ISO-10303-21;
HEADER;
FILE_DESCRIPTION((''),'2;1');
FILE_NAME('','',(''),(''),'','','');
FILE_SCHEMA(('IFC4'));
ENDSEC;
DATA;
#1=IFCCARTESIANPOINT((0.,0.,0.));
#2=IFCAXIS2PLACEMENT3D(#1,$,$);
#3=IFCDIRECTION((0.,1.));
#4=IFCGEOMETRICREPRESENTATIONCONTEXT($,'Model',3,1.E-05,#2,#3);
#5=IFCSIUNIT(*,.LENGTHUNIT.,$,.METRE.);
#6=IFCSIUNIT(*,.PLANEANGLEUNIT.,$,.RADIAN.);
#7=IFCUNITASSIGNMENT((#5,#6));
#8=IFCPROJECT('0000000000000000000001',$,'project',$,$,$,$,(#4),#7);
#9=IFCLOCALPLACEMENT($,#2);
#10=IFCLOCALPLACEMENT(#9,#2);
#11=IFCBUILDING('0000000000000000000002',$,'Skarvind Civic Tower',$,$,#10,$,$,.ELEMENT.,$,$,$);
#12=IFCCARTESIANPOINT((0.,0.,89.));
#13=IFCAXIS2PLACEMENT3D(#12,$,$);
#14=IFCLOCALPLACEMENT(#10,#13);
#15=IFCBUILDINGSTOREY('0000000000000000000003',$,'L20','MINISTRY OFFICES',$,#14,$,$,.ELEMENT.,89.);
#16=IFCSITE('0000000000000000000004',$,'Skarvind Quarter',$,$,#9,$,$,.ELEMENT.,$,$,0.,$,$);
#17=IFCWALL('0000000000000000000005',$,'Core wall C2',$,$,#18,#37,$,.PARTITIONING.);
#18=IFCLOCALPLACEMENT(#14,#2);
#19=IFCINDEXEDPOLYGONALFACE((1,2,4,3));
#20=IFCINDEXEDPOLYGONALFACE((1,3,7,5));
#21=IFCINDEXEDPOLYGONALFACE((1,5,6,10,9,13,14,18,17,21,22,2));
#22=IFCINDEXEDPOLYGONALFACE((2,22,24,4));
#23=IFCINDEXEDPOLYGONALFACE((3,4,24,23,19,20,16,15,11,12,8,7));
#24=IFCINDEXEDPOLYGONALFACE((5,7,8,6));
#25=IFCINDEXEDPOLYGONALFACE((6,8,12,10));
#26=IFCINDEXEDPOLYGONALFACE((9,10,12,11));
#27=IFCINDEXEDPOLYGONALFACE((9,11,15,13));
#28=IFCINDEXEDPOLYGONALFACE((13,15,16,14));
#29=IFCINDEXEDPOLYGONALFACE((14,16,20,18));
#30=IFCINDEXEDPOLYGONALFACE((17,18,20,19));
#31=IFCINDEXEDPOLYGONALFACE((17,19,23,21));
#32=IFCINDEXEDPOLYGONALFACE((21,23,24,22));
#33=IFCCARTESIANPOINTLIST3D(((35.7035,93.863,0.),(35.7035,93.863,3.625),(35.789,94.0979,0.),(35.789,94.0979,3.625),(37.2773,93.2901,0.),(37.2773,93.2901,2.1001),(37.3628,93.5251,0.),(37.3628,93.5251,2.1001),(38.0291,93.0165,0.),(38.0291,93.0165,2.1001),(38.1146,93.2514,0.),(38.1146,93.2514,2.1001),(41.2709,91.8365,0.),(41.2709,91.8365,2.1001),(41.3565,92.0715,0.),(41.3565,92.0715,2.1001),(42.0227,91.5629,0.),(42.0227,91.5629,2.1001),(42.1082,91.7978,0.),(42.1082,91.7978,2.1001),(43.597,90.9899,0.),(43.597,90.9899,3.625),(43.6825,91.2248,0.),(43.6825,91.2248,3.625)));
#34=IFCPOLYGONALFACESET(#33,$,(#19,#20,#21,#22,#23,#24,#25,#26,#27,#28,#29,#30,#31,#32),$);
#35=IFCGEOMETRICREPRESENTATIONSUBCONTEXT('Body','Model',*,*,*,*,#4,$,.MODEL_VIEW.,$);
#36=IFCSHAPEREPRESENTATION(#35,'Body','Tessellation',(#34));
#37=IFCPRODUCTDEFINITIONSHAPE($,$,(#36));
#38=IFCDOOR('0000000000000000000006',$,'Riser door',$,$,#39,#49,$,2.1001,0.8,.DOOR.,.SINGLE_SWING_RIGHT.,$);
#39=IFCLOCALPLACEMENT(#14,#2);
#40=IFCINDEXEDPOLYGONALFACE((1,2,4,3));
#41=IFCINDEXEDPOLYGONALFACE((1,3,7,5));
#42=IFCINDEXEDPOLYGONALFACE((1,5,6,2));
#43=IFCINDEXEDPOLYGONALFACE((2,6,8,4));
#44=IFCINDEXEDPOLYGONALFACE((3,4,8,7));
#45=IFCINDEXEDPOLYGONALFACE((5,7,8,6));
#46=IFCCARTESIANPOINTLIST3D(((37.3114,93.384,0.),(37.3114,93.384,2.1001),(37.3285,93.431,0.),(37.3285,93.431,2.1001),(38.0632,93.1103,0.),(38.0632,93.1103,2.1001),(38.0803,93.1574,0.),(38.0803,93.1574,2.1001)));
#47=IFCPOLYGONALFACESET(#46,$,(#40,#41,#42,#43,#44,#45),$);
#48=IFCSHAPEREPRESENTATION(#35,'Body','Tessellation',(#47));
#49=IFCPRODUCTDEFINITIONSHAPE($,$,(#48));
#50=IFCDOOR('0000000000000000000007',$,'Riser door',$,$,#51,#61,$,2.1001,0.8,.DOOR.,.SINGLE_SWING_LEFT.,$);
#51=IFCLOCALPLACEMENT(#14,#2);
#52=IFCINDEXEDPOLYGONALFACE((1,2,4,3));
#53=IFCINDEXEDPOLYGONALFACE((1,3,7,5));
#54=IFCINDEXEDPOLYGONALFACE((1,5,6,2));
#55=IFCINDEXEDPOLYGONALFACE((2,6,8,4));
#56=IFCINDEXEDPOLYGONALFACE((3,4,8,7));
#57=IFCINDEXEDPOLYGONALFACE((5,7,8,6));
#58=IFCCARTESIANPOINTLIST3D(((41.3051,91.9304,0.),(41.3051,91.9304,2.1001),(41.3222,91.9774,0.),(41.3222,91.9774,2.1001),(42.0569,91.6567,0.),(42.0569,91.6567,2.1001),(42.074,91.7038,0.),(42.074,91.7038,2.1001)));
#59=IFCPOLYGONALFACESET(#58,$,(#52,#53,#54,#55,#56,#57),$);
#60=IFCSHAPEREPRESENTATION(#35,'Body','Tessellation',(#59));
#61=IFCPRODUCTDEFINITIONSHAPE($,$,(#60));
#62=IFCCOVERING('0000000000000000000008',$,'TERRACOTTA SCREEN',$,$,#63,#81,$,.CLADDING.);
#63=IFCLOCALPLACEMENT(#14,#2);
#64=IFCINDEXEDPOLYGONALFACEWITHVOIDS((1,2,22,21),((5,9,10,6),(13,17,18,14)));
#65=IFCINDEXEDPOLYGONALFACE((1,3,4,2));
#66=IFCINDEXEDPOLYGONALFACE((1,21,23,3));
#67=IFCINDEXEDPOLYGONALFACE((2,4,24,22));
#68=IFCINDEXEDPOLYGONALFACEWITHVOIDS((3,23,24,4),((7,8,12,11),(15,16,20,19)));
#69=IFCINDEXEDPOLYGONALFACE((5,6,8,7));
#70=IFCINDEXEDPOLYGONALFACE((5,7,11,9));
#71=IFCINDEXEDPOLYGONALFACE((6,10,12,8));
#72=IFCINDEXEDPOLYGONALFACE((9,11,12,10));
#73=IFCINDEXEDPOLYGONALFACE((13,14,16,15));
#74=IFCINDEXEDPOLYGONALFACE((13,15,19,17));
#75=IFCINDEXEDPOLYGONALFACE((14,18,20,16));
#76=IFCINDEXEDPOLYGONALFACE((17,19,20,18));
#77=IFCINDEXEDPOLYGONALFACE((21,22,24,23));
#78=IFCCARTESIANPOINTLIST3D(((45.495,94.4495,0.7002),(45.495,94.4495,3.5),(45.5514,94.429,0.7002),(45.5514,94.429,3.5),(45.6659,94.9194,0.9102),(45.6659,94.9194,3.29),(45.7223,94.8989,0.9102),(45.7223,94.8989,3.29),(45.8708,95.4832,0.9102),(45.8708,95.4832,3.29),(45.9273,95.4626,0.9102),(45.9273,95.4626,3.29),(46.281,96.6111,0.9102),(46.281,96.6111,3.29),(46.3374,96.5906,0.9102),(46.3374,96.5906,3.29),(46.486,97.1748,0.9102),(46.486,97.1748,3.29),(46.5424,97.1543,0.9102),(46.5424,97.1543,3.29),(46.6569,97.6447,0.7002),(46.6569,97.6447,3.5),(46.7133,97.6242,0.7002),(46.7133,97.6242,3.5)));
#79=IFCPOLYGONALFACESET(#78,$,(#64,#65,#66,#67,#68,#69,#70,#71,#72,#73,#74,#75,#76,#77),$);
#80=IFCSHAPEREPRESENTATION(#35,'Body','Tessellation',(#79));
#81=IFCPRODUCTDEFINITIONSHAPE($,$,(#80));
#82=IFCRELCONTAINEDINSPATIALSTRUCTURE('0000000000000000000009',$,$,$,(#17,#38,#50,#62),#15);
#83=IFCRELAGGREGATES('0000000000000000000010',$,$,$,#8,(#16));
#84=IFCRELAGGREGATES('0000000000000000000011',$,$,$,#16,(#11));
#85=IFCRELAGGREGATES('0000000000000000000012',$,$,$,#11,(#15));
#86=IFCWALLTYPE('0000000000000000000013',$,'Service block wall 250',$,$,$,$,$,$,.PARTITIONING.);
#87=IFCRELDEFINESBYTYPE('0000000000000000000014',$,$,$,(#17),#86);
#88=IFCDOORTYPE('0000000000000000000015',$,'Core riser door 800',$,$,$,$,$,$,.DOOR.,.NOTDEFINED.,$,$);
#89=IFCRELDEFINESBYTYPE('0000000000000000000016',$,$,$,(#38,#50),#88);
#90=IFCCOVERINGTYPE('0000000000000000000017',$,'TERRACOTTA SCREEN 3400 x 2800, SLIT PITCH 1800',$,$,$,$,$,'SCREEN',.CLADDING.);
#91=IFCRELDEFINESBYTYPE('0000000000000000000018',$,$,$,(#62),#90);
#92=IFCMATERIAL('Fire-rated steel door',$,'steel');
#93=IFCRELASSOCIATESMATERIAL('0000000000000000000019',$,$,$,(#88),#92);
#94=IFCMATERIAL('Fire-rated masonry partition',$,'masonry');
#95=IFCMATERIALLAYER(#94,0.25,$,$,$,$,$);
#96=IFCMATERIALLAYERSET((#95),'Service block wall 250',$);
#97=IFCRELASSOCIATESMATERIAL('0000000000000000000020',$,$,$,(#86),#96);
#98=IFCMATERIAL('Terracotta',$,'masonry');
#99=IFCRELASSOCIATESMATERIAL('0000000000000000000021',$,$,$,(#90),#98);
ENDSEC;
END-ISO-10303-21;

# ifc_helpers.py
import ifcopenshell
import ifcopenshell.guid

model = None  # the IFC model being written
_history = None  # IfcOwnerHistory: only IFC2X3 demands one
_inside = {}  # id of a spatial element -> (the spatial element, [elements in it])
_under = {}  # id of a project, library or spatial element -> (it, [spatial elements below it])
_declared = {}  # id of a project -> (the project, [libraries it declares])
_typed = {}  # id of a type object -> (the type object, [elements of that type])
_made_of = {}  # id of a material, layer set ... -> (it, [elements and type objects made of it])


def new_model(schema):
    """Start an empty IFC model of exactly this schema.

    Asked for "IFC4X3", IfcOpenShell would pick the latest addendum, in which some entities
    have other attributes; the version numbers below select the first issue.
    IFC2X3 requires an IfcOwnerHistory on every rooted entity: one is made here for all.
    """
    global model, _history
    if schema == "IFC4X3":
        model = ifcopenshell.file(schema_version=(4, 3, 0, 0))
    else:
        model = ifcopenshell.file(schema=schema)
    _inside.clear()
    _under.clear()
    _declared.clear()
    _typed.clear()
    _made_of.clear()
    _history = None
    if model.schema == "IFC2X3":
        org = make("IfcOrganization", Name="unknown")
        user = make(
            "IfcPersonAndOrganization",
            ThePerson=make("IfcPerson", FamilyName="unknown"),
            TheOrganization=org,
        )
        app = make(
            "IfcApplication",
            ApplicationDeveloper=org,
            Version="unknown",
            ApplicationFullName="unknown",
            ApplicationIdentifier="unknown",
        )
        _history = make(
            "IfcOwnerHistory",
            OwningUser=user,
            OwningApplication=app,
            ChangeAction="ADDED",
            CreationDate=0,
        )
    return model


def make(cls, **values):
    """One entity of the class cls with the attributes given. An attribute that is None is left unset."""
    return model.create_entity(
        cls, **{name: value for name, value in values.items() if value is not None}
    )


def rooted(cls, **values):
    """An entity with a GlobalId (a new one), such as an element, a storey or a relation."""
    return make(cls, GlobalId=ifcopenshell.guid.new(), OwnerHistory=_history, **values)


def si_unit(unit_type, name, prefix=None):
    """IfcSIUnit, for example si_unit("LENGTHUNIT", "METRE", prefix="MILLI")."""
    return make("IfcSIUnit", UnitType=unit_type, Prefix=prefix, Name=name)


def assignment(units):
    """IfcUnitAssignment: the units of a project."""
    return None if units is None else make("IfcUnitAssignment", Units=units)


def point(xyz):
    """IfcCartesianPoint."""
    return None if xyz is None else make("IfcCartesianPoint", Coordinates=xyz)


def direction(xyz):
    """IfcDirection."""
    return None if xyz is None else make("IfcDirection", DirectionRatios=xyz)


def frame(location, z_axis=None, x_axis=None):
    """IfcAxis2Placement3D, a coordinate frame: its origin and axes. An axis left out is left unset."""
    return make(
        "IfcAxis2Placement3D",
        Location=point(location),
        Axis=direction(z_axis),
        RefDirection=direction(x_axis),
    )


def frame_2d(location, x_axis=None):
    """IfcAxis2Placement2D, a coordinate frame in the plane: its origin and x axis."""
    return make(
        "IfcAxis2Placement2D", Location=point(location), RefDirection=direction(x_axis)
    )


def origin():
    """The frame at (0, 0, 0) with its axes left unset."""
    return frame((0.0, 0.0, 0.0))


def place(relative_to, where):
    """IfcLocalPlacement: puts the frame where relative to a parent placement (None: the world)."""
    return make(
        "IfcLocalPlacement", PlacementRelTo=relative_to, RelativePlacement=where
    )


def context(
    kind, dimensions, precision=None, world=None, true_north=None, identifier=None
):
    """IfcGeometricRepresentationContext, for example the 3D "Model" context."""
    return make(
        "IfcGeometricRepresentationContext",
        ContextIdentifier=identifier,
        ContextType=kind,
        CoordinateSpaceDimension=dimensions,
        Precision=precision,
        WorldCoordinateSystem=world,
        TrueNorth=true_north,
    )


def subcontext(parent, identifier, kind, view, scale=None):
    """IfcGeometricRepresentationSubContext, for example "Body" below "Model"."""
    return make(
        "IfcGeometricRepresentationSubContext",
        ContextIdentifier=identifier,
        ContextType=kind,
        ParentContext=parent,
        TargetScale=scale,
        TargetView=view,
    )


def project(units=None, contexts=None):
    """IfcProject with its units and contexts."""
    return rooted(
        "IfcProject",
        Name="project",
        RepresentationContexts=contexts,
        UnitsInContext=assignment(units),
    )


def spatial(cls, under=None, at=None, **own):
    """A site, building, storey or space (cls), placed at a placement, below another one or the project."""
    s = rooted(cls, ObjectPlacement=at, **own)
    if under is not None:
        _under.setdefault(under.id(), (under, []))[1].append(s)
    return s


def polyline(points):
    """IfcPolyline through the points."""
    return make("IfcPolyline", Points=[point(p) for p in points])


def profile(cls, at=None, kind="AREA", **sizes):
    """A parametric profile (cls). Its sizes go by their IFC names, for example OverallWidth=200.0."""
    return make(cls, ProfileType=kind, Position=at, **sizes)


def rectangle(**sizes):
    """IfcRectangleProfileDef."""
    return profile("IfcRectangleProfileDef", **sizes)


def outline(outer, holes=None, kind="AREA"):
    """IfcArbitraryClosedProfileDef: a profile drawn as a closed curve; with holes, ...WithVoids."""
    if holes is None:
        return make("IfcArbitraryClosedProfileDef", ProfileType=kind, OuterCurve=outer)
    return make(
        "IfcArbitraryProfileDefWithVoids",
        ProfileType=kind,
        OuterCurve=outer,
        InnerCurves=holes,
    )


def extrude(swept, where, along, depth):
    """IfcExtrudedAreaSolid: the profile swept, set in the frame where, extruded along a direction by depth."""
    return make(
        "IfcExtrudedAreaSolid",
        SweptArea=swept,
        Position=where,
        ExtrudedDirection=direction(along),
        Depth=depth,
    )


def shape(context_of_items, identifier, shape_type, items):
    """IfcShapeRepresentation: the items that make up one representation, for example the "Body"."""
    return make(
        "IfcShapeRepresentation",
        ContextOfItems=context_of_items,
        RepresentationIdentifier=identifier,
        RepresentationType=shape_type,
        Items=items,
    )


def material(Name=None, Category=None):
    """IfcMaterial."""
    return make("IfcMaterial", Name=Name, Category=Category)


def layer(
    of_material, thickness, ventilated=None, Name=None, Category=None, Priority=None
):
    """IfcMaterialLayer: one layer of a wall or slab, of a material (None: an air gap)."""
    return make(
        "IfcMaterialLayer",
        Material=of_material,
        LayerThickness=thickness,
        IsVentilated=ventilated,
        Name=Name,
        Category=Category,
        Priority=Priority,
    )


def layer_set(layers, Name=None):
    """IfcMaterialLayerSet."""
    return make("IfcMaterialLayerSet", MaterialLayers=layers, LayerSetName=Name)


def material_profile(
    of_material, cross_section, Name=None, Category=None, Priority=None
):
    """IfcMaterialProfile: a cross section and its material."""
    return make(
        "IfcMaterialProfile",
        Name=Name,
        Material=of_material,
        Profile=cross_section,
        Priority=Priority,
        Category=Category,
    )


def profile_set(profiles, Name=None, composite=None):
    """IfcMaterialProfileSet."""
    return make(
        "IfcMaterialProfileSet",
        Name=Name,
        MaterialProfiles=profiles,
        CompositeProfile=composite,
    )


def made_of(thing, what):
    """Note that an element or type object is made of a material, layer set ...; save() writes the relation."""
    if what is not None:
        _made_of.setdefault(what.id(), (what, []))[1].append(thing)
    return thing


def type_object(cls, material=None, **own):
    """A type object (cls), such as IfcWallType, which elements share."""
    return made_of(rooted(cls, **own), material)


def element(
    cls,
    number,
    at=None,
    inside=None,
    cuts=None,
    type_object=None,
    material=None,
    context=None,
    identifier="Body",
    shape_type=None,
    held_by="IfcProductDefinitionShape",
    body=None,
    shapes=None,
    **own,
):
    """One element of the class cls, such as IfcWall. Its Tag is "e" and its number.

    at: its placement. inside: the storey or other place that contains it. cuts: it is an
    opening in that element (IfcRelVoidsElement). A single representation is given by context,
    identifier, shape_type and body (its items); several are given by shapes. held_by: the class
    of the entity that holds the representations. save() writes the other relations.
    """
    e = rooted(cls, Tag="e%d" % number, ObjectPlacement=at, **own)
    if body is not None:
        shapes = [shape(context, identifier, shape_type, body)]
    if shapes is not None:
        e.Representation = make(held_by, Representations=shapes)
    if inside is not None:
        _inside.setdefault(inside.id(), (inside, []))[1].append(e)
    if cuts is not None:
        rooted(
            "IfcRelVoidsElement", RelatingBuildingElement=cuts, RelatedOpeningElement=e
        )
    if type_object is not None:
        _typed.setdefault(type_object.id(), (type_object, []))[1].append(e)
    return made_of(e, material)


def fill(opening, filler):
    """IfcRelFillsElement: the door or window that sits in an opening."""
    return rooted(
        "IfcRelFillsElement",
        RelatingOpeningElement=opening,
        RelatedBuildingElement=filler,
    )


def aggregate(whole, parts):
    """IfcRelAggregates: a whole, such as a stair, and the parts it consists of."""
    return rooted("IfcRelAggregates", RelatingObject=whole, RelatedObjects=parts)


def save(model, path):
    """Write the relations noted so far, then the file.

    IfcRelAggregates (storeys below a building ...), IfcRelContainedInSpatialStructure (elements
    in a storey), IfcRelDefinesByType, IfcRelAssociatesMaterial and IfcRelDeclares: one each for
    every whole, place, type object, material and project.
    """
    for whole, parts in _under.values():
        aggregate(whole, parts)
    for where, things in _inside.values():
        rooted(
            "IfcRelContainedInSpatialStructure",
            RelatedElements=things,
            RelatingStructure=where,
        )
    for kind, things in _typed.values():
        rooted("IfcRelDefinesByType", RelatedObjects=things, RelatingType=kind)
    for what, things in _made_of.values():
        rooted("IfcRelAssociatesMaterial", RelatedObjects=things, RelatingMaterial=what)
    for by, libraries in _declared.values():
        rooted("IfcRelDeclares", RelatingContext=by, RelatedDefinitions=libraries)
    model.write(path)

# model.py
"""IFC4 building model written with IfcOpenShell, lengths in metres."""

from ifc_helpers import new_model, si_unit, direction, frame, frame_2d, origin, place, context, subcontext, project, spatial, polyline, rectangle, outline, extrude, material, layer, layer_set, material_profile, profile_set, type_object, element, fill, save


model = new_model("IFC4")

# Units and contexts
model_context = context("Model", 3, precision=1e-05, world=origin(), true_north=direction((0.0, 1.0)))
body_context = subcontext(model_context, "Body", "Model", "MODEL_VIEW")
ifc_project = project(units=[si_unit("LENGTHUNIT", "METRE"), si_unit("PLANEANGLEUNIT", "RADIAN")], contexts=[model_context])

# Site, building, storey
site_placement = place(None, origin())
site = spatial("IfcSite", under=ifc_project, at=site_placement, Name="Skarvind Quarter", CompositionType="ELEMENT", RefElevation=0.0)
building_placement = place(site_placement, origin())
building = spatial("IfcBuilding", under=site, at=building_placement, Name="Skarvind Civic Tower", CompositionType="ELEMENT")
storey_placement = place(building_placement, frame((0.0, 0.0, 89.0)))
storey = spatial("IfcBuildingStorey", under=building, at=storey_placement, Name="L20", Description="MINISTRY OFFICES", CompositionType="ELEMENT", Elevation=89.0)

# Shared definitions
ifc_material_1 = material(Name="Fire-rated masonry partition", Category="masonry")
ifc_material_2 = material(Name="Fire-rated steel door", Category="steel")

# Shared definitions
door_type_1 = type_object("IfcDoorType", Name="Core riser door 800", OperationType="NOTDEFINED", PredefinedType="DOOR", material=ifc_material_2)

# Wall, openings, doors
ifc_layer_1 = layer(ifc_material_1, 0.25)
ifc_layer_set_1 = layer_set([ifc_layer_1], Name="Service block wall 250")
wall_type_1 = type_object("IfcWallType", Name="Service block wall 250", PredefinedType="PARTITIONING", material=ifc_layer_set_1)
wall_1_placement = place(storey_placement, frame((35.7461, 93.9805, 0.0), z_axis=(0.0, 0.0, 1.0), x_axis=(0.939692, -0.342023, 0.0)))
wall_1 = element("IfcWall", 1, at=wall_1_placement, inside=storey, type_object=wall_type_1, Name="Core wall C2", PredefinedType="PARTITIONING", context=body_context, shape_type="SweptSolid", body=[
    extrude(rectangle(XDim=8.4001, YDim=0.25, at=frame_2d((4.2002, 0.0))), origin(), (0.0, 0.0, 1.0), 3.625),
])
opening_1_placement = place(wall_1_placement, frame((1.675, 0.0, 0.0)))
opening_1 = element("IfcOpeningElement", 2, at=opening_1_placement, cuts=wall_1, PredefinedType="OPENING", context=body_context, shape_type="SweptSolid", body=[
    extrude(rectangle(XDim=0.8, YDim=2.1001, at=frame_2d((0.3999, 1.05))), frame((0.0, 0.135, 0.0), z_axis=(0.0, -1.0, 0.0), x_axis=(1.0, 0.0, 0.0)), (0.0, 0.0, 1.0), 0.27),
])
opening_2_placement = place(wall_1_placement, frame((5.925, 0.0, 0.0)))
opening_2 = element("IfcOpeningElement", 3, at=opening_2_placement, cuts=wall_1, PredefinedType="OPENING", context=body_context, shape_type="SweptSolid", body=[
    extrude(rectangle(XDim=0.8, YDim=2.1001, at=frame_2d((0.3999, 1.05))), frame((0.0, 0.135, 0.0), z_axis=(0.0, -1.0, 0.0), x_axis=(1.0, 0.0, 0.0)), (0.0, 0.0, 1.0), 0.27),
])
door_1_placement = place(opening_1_placement, origin())
door_1 = element("IfcDoor", 4, at=door_1_placement, inside=storey, type_object=door_type_1, Name="Riser door", OperationType="SINGLE_SWING_RIGHT", OverallHeight=2.1001, OverallWidth=0.8, PredefinedType="DOOR", context=body_context, shape_type="SweptSolid", body=[
    extrude(rectangle(XDim=0.8, YDim=2.1001, at=frame_2d((0.3999, 1.05))), frame((0.0, 0.0249, 0.0), z_axis=(0.0, -1.0, 0.0), x_axis=(1.0, 0.0, 0.0)), (0.0, 0.0, 1.0), 0.05),
])
fill(opening_1, door_1)
door_2_placement = place(opening_2_placement, origin())
door_2 = element("IfcDoor", 5, at=door_2_placement, inside=storey, type_object=door_type_1, Name="Riser door", OperationType="SINGLE_SWING_LEFT", OverallHeight=2.1001, OverallWidth=0.8, PredefinedType="DOOR", context=body_context, shape_type="SweptSolid", body=[
    extrude(rectangle(XDim=0.8, YDim=2.1001, at=frame_2d((0.3999, 1.05))), frame((0.0, 0.0249, 0.0), z_axis=(0.0, -1.0, 0.0), x_axis=(1.0, 0.0, 0.0)), (0.0, 0.0, 1.0), 0.05),
])
fill(opening_2, door_2)

# Covering
ifc_material_3 = material(Name="Terracotta", Category="masonry")
ifc_material_profile_1 = material_profile(ifc_material_3, outline(polyline([(-1.7, -1.3999), (1.7, -1.3999), (1.7, 1.3999), (-1.7, 1.3999), (-1.7, -1.3999)]), holes=[polyline([(-1.2, -1.1899), (-0.6001, -1.1899), (-0.6001, 1.1899), (-1.2, 1.1899), (-1.2, -1.1899)]), polyline([(0.6001, -1.1899), (1.2, -1.1899), (1.2, 1.1899), (0.6001, 1.1899), (0.6001, -1.1899)])]), Name="TERRACOTTA SCREEN 3400 x 2800, SLIT PITCH 1800")
ifc_profile_set_1 = profile_set([ifc_material_profile_1], Name="Terracotta")
covering_type = type_object("IfcCoveringType", Name="TERRACOTTA SCREEN 3400 x 2800, SLIT PITCH 1800", ElementType="SCREEN", PredefinedType="CLADDING", material=ifc_profile_set_1)
covering_placement = place(storey_placement, frame((46.0759, 96.0471, 2.1001), z_axis=(0.939793, -0.341743, 0.0), x_axis=(0.341743, 0.939793, 0.0)))
element("IfcCovering", 6, at=covering_placement, inside=storey, type_object=covering_type, Name="TERRACOTTA SCREEN", PredefinedType="CLADDING", context=body_context, shape_type="SweptSolid", body=[
    extrude(outline(polyline([(-1.7, -1.3999), (1.7, -1.3999), (1.7, 1.3999), (-1.7, 1.3999), (-1.7, -1.3999)]), holes=[polyline([(-1.2, -1.1899), (-0.6001, -1.1899), (-0.6001, 1.1899), (-1.2, 1.1899), (-1.2, -1.1899)]), polyline([(0.6001, -1.1899), (1.2, -1.1899), (1.2, 1.1899), (0.6001, 1.1899), (0.6001, -1.1899)])]), origin(), (0.0, 0.0, 1.0), 0.0601),
])

save(model, "model.ifc")
